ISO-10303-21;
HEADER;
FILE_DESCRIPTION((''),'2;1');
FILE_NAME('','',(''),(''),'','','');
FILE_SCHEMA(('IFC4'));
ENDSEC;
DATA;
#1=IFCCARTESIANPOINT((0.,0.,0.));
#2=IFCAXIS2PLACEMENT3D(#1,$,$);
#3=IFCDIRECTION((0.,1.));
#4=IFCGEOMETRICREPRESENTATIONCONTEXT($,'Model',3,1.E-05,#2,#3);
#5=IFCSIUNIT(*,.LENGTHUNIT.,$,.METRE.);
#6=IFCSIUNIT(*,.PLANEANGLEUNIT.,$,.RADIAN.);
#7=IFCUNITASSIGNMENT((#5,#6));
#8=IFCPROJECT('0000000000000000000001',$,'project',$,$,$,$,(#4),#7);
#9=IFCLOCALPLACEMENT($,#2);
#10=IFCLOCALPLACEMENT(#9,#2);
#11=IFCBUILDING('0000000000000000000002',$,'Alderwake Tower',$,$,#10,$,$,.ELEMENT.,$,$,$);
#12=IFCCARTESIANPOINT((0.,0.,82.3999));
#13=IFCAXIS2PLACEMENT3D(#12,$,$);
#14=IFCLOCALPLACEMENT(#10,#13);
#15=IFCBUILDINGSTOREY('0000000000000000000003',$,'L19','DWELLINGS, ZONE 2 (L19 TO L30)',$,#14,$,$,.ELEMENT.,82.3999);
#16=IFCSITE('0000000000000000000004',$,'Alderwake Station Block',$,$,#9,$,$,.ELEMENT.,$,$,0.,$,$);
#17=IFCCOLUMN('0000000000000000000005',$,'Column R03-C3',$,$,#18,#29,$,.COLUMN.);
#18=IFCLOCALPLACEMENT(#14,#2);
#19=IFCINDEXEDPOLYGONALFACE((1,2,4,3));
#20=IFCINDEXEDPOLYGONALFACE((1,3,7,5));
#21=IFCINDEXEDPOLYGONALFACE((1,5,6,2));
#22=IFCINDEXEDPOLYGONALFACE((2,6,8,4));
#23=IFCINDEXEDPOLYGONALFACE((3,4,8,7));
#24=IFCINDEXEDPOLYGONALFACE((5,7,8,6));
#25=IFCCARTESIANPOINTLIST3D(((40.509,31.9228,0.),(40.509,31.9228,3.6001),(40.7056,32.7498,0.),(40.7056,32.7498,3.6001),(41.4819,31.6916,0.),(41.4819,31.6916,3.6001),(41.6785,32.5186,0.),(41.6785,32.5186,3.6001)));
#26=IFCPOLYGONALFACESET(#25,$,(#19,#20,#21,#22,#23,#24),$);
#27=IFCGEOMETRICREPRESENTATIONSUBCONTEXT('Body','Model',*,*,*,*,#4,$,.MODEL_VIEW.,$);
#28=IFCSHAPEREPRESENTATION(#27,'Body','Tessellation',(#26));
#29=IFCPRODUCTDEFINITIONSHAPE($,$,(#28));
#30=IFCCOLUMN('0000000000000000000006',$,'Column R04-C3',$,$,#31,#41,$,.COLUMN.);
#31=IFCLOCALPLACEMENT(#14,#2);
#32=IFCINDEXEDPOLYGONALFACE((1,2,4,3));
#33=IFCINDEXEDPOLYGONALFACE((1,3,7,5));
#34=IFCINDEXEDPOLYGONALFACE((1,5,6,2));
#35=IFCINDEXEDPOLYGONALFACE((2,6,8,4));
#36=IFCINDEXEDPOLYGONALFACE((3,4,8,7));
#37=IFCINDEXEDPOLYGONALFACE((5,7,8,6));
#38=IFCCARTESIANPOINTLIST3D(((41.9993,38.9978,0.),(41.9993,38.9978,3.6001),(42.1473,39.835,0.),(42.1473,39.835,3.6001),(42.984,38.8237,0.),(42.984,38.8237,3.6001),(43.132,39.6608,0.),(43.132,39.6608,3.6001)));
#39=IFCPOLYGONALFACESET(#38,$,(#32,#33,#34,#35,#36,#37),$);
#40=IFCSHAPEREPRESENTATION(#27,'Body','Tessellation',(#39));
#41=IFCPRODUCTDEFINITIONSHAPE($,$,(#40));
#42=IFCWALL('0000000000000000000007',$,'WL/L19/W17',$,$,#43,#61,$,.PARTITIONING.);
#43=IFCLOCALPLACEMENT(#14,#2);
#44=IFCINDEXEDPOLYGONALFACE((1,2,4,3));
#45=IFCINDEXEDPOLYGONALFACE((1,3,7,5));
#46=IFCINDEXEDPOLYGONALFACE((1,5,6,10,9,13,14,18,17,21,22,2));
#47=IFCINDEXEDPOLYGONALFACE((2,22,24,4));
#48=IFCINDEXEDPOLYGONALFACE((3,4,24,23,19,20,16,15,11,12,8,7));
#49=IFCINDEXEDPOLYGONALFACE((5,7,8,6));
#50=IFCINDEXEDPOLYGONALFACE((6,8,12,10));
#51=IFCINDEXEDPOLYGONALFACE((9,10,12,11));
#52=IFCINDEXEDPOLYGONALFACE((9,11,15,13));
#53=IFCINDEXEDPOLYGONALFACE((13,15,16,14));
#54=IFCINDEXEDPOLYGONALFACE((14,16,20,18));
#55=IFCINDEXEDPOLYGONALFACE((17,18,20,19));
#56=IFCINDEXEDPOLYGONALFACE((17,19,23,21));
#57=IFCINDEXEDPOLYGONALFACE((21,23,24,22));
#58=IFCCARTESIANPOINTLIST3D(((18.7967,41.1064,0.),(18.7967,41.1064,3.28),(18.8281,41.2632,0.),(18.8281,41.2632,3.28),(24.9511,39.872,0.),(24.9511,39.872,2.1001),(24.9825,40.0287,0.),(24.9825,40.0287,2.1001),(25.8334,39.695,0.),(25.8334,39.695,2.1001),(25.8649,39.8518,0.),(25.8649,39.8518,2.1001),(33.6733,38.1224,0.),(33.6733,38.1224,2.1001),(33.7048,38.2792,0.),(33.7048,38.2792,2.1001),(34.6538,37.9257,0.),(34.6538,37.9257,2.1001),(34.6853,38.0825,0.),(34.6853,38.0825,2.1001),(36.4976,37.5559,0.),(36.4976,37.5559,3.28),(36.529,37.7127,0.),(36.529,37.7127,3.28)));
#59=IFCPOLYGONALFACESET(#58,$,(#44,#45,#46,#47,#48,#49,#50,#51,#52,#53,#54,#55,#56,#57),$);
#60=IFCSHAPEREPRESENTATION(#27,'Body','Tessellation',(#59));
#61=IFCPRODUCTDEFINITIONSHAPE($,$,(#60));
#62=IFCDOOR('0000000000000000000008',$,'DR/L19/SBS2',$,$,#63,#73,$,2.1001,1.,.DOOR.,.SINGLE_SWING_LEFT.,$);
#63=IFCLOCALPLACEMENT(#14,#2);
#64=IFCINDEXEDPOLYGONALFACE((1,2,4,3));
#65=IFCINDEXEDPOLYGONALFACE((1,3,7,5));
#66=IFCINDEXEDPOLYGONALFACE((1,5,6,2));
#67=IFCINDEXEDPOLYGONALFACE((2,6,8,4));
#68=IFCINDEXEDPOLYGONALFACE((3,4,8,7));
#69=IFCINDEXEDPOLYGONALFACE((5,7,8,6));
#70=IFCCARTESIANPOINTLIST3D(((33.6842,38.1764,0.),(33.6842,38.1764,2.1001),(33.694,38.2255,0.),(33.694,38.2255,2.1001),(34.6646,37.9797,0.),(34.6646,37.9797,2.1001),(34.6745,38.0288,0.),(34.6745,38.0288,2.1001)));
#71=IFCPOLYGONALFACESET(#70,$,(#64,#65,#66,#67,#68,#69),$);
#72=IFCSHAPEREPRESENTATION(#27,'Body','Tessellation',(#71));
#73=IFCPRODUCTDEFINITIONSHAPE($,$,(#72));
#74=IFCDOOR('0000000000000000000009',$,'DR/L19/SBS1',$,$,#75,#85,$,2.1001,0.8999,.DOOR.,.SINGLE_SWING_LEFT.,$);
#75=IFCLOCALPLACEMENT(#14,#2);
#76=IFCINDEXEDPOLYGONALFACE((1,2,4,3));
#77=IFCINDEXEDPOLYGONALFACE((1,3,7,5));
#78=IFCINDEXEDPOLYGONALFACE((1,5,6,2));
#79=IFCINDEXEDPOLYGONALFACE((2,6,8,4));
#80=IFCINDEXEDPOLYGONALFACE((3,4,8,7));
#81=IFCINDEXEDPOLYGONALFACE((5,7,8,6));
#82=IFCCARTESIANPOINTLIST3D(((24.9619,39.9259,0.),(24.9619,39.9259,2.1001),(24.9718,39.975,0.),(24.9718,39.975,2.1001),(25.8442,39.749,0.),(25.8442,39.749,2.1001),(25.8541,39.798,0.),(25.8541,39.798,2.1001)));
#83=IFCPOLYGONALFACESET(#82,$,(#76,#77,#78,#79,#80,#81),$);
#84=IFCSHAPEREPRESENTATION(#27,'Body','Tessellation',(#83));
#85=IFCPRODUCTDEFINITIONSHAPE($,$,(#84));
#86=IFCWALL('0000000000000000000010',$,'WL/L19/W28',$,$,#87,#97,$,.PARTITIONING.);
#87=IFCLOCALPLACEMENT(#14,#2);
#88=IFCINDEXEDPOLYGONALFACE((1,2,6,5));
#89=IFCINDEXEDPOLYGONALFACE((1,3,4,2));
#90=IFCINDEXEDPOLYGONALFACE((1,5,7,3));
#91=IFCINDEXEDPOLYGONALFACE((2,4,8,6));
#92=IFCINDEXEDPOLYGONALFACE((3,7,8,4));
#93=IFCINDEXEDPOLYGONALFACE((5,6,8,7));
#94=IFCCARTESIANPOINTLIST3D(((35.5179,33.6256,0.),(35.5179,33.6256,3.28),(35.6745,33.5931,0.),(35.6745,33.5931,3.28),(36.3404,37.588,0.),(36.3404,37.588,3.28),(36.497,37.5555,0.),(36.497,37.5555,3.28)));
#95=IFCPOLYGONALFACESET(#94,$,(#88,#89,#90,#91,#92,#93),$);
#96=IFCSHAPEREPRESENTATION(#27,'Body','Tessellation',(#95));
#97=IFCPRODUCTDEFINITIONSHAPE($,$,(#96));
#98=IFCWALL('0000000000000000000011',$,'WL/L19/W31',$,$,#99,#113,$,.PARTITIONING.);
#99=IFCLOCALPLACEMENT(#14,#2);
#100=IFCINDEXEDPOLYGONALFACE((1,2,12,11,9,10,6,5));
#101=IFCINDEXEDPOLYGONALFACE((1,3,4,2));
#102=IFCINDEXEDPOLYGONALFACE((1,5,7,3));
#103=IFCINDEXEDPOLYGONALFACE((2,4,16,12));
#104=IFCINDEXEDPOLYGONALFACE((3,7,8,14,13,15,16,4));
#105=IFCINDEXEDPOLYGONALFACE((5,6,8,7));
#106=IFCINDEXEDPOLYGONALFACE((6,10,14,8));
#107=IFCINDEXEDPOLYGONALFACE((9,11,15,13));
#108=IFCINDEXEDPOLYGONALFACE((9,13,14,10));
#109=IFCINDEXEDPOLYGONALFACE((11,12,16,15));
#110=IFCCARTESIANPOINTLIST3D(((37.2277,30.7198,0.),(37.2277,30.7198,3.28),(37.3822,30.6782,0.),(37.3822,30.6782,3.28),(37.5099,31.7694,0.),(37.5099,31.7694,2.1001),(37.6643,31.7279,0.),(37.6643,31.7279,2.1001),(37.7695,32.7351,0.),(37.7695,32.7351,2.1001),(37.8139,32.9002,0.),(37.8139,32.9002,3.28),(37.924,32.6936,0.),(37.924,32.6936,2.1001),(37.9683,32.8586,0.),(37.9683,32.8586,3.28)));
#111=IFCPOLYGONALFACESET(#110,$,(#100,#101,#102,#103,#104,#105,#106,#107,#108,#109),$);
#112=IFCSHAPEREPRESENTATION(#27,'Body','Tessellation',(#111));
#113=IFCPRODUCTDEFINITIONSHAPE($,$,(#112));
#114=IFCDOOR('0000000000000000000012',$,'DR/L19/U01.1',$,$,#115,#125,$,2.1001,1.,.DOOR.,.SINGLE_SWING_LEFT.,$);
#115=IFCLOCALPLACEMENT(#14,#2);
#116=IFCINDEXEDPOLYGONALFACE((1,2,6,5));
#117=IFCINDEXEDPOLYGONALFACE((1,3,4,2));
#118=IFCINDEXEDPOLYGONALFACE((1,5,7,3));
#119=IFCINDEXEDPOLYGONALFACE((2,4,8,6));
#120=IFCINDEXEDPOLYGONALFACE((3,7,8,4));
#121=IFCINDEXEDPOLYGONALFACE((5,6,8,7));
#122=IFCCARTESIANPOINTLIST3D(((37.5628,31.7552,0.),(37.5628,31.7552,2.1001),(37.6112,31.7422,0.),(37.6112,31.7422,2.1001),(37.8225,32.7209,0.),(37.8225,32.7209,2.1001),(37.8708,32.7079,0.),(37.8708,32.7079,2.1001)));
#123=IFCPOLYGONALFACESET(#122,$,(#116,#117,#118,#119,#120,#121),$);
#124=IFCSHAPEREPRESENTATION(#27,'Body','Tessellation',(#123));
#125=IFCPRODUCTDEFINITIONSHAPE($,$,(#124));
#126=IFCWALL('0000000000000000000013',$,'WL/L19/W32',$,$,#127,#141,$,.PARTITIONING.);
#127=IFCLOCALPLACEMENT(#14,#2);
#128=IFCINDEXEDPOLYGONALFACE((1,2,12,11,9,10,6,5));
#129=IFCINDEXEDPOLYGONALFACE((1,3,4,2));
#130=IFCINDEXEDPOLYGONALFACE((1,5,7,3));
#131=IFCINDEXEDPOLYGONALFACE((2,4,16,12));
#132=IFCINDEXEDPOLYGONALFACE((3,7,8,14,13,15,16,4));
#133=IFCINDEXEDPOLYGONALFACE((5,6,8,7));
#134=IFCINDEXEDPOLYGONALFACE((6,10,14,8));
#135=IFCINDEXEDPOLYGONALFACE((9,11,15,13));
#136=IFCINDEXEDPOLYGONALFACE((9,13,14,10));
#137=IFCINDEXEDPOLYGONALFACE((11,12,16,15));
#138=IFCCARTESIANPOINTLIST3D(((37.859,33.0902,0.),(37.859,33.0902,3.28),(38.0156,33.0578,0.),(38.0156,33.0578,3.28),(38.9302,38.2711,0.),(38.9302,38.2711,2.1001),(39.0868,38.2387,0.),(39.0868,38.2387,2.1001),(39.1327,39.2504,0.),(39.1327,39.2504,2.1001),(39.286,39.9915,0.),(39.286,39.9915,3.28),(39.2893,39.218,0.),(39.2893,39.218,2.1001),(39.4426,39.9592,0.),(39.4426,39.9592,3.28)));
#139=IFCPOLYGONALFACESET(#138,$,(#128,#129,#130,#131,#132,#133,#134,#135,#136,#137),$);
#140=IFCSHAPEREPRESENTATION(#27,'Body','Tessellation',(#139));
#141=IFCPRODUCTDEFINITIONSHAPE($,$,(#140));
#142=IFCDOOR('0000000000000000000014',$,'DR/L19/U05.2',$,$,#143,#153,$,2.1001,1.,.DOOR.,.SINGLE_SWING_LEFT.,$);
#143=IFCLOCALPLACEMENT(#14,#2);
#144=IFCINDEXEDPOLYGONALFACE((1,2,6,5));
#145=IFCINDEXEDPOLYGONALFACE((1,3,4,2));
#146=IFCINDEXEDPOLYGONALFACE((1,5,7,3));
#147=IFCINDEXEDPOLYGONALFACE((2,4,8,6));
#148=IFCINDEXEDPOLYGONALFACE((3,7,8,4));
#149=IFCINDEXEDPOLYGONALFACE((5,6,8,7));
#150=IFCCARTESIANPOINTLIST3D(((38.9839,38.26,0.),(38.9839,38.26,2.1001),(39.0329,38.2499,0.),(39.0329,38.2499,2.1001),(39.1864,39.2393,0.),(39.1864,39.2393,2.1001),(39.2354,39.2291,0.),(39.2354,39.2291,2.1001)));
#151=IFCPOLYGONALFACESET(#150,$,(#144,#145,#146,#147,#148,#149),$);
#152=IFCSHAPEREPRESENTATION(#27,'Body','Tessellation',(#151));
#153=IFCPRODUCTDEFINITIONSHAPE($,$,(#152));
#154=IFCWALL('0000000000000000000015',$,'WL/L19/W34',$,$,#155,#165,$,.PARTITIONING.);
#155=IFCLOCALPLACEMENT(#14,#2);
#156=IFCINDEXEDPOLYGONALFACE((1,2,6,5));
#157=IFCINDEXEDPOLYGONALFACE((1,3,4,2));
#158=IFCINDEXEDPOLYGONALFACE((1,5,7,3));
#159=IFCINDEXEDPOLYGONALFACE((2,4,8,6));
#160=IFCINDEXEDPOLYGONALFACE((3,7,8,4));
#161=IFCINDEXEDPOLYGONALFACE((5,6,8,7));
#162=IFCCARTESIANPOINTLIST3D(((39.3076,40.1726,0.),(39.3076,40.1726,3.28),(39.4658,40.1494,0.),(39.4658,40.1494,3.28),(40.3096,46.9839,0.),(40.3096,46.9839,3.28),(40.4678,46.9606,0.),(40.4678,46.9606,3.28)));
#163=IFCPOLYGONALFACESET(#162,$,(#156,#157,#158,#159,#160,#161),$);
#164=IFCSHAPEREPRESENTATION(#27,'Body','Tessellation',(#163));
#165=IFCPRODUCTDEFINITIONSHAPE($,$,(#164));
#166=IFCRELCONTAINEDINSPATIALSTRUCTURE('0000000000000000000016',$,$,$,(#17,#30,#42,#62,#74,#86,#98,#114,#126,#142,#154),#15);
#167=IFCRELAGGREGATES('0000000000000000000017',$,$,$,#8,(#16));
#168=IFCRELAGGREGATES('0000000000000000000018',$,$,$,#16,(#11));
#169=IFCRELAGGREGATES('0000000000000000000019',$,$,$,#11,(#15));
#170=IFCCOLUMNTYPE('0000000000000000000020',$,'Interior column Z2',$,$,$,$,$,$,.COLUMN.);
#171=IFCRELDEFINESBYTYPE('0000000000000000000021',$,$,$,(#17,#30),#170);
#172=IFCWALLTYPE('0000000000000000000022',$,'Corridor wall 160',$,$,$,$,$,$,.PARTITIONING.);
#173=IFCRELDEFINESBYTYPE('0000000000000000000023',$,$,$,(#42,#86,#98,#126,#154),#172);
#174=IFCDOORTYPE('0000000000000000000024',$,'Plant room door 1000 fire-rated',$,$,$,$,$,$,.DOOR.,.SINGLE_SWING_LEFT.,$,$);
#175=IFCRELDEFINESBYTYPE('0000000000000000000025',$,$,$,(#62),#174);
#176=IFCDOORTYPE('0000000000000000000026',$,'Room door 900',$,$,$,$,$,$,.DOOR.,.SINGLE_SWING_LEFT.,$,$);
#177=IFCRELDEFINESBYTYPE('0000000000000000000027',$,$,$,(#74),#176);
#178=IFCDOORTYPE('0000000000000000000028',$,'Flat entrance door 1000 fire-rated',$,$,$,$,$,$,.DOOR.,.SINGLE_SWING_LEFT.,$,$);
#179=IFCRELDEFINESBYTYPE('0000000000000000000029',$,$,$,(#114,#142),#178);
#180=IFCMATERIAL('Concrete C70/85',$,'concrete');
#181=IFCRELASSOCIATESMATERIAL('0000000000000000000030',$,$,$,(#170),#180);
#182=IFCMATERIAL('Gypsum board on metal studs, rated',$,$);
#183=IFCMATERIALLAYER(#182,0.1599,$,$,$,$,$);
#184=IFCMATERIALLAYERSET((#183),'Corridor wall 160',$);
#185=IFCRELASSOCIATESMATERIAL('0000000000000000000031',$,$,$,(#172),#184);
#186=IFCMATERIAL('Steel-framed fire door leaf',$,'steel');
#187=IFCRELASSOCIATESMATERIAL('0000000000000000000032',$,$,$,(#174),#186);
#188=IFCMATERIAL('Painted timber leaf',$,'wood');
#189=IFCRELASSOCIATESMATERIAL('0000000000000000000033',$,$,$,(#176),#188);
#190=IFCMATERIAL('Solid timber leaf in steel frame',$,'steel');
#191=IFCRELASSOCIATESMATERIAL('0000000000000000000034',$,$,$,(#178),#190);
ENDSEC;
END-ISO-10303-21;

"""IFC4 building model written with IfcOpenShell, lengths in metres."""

from ifc_helpers import new_model, si_unit, direction, frame, frame_2d, origin, origin_2d, place, context, subcontext, project, spatial, rectangle, extrude, material, layer, layer_set, material_profile, profile_set, type_object, element, fill, save


model = new_model("IFC4")

# Units and contexts
model_context = context("Model", 3, precision=1e-05, world=origin(), true_north=direction((0.0, 1.0)))
body_context = subcontext(model_context, "Body", "Model", "MODEL_VIEW")
ifc_project = project(units=[si_unit("LENGTHUNIT", "METRE"), si_unit("PLANEANGLEUNIT", "RADIAN")], contexts=[model_context])

# Site, building, storey
site_placement = place(None, origin())
site = spatial("IfcSite", under=ifc_project, at=site_placement, Name="Alderwake Station Block", CompositionType="ELEMENT", RefElevation=0.0)
building_placement = place(site_placement, origin())
building = spatial("IfcBuilding", under=site, at=building_placement, Name="Alderwake Tower", CompositionType="ELEMENT")
storey_placement = place(building_placement, frame((0.0, 0.0, 82.3999)))
storey = spatial("IfcBuildingStorey", under=building, at=storey_placement, Name="L19", Description="DWELLINGS, ZONE 2 (L19 TO L30)", CompositionType="ELEMENT", Elevation=82.3999)

# Columns
ifc_material_1 = material(Name="Concrete C70/85", Category="concrete")
ifc_material_profile = material_profile(ifc_material_1, rectangle(XDim=0.8501, YDim=1.0, at=origin_2d()), Name="RC 1000X850")
ifc_profile_set = profile_set([ifc_material_profile], Name="Concrete C70/85")
column_type = type_object("IfcColumnType", Name="Interior column Z2", PredefinedType="COLUMN", material=ifc_profile_set)
for number, where, z_axis, x_axis, name in (
    (1, (41.0938, 32.2207, 0.0), (0.0, 0.0, 1.0), (0.231222, 0.972901, 0.0), "Column R03-C3"),
    (2, (42.5657, 39.3293, 0.0), (0.0, 0.0, 1.0), (0.174109, 0.984726, 0.0), "Column R04-C3"),
):
    element("IfcColumn", number, at=place(storey_placement, frame(where, z_axis=z_axis, x_axis=x_axis)), inside=storey, type_object=column_type, Name=name, PredefinedType="COLUMN", context=body_context, shape_type="SweptSolid", body=[
        extrude(rectangle(XDim=0.8501, YDim=1.0, at=origin_2d()), origin(), (0.0, 0.0, 1.0), 3.6001),
    ])

# Wall, openings, doors
ifc_material_2 = material(Name="Gypsum board on metal studs, rated")
ifc_layer_1 = layer(ifc_material_2, 0.1599)
ifc_layer_set_1 = layer_set([ifc_layer_1], Name="Corridor wall 160")
wall_type_1 = type_object("IfcWallType", Name="Corridor wall 160", PredefinedType="PARTITIONING", material=ifc_layer_set_1)
wall_1_placement = place(storey_placement, frame((36.5134, 37.6343, 0.0), z_axis=(0.0, 0.0, 1.0), x_axis=(-0.98047, 0.196667, 0.0)))
wall_1 = element("IfcWall", 3, at=wall_1_placement, inside=storey, type_object=wall_type_1, Name="WL/L19/W17", PredefinedType="PARTITIONING", context=body_context, shape_type="SweptSolid", body=[
    extrude(rectangle(XDim=18.0535, YDim=0.1599, at=frame_2d((9.0269, 0.0))), origin(), (0.0, 0.0, 1.0), 3.28),
])
opening_1_placement = place(wall_1_placement, frame((10.8767, 0.0, 0.0)))
opening_1 = element("IfcOpeningElement", 4, at=opening_1_placement, cuts=wall_1, PredefinedType="OPENING", context=body_context, shape_type="SweptSolid", body=[
    extrude(rectangle(XDim=0.8999, YDim=2.1001, at=frame_2d((0.45, 1.05))), frame((0.0, 0.0898, 0.0), z_axis=(0.0, -1.0, 0.0), x_axis=(1.0, 0.0, 0.0)), (0.0, 0.0, 1.0), 0.1799),
])
opening_2_placement = place(wall_1_placement, frame((1.8806, 0.0, 0.0)))
opening_2 = element("IfcOpeningElement", 5, at=opening_2_placement, cuts=wall_1, PredefinedType="OPENING", context=body_context, shape_type="SweptSolid", body=[
    extrude(rectangle(XDim=1.0, YDim=2.1001, at=frame_2d((0.5, 1.05))), frame((0.0, 0.0898, 0.0), z_axis=(0.0, -1.0, 0.0), x_axis=(1.0, 0.0, 0.0)), (0.0, 0.0, 1.0), 0.1799),
])
ifc_material_3 = material(Name="Steel-framed fire door leaf", Category="steel")
door_type_1 = type_object("IfcDoorType", Name="Plant room door 1000 fire-rated", OperationType="SINGLE_SWING_LEFT", PredefinedType="DOOR", material=ifc_material_3)
door_1_placement = place(opening_2_placement, origin())
door_1 = element("IfcDoor", 6, at=door_1_placement, inside=storey, type_object=door_type_1, Name="DR/L19/SBS2", OperationType="SINGLE_SWING_LEFT", OverallHeight=2.1001, OverallWidth=1.0, PredefinedType="DOOR", context=body_context, shape_type="SweptSolid", body=[
    extrude(rectangle(XDim=1.0, YDim=2.1001, at=frame_2d((0.5, 1.05))), frame((0.0, 0.0249, 0.0), z_axis=(0.0, -1.0, 0.0), x_axis=(1.0, 0.0, 0.0)), (0.0, 0.0, 1.0), 0.05),
])
fill(opening_2, door_1)
ifc_material_4 = material(Name="Painted timber leaf", Category="wood")
door_type_2 = type_object("IfcDoorType", Name="Room door 900", OperationType="SINGLE_SWING_LEFT", PredefinedType="DOOR", material=ifc_material_4)
door_2_placement = place(opening_1_placement, origin())
door_2 = element("IfcDoor", 7, at=door_2_placement, inside=storey, type_object=door_type_2, Name="DR/L19/SBS1", OperationType="SINGLE_SWING_LEFT", OverallHeight=2.1001, OverallWidth=0.8999, PredefinedType="DOOR", context=body_context, shape_type="SweptSolid", body=[
    extrude(rectangle(XDim=0.8999, YDim=2.1001, at=frame_2d((0.45, 1.05))), frame((0.0, 0.0249, 0.0), z_axis=(0.0, -1.0, 0.0), x_axis=(1.0, 0.0, 0.0)), (0.0, 0.0, 1.0), 0.05),
])
fill(opening_1, door_2)

# Wall
wall_2_placement = place(storey_placement, frame((36.4187, 37.5718, 0.0), z_axis=(0.0, 0.0, 1.0), x_axis=(-0.203246, -0.979128, 0.0)))
element("IfcWall", 8, at=wall_2_placement, inside=storey, type_object=wall_type_1, Name="WL/L19/W28", PredefinedType="PARTITIONING", context=body_context, shape_type="SweptSolid", body=[
    extrude(rectangle(XDim=4.0469, YDim=0.1599, at=frame_2d((2.0234, 0.0))), origin(), (0.0, 0.0, 1.0), 3.28),
])

# Walls, openings, doors
wall_3_placement = place(storey_placement, frame((37.8911, 32.8794, 0.0), z_axis=(0.0, 0.0, 1.0), x_axis=(-0.259621, -0.965711, 0.0)))
wall_3 = element("IfcWall", 9, at=wall_3_placement, inside=storey, type_object=wall_type_1, Name="WL/L19/W31", PredefinedType="PARTITIONING", context=body_context, shape_type="SweptSolid", body=[
    extrude(rectangle(XDim=2.2578, YDim=0.1599, at=frame_2d((1.1289, 0.0))), origin(), (0.0, 0.0, 1.0), 3.28),
])
opening_3_placement = place(wall_3_placement, frame((0.1709, 0.0, 0.0)))
opening_3 = element("IfcOpeningElement", 10, at=opening_3_placement, cuts=wall_3, PredefinedType="OPENING", context=body_context, shape_type="SweptSolid", body=[
    extrude(rectangle(XDim=1.0, YDim=2.1001, at=frame_2d((0.5, 1.05))), frame((0.0, 0.0898, 0.0), z_axis=(0.0, -1.0, 0.0), x_axis=(1.0, 0.0, 0.0)), (0.0, 0.0, 1.0), 0.1799),
])
ifc_material_5 = material(Name="Solid timber leaf in steel frame", Category="steel")
door_type_3 = type_object("IfcDoorType", Name="Flat entrance door 1000 fire-rated", OperationType="SINGLE_SWING_LEFT", PredefinedType="DOOR", material=ifc_material_5)
door_3_placement = place(opening_3_placement, origin())
door_3 = element("IfcDoor", 11, at=door_3_placement, inside=storey, type_object=door_type_3, Name="DR/L19/U01.1", OperationType="SINGLE_SWING_LEFT", OverallHeight=2.1001, OverallWidth=1.0, PredefinedType="DOOR", context=body_context, shape_type="SweptSolid", body=[
    extrude(rectangle(XDim=1.0, YDim=2.1001, at=frame_2d((0.5, 1.05))), frame((0.0, 0.0249, 0.0), z_axis=(0.0, -1.0, 0.0), x_axis=(1.0, 0.0, 0.0)), (0.0, 0.0, 1.0), 0.05),
])
fill(opening_3, door_3)
wall_4_placement = place(storey_placement, frame((39.3643, 39.9753, 0.0), z_axis=(0.0, 0.0, 1.0), x_axis=(-0.202488, -0.979285, 0.0)))
wall_4 = element("IfcWall", 12, at=wall_4_placement, inside=storey, type_object=wall_type_1, Name="WL/L19/W32", PredefinedType="PARTITIONING", context=body_context, shape_type="SweptSolid", body=[
    extrude(rectangle(XDim=7.0474, YDim=0.1599, at=frame_2d((3.5237, 0.0))), origin(), (0.0, 0.0, 1.0), 3.28),
])
opening_4_placement = place(wall_4_placement, frame((0.7568, 0.0, 0.0)))
opening_4 = element("IfcOpeningElement", 13, at=opening_4_placement, cuts=wall_4, PredefinedType="OPENING", context=body_context, shape_type="SweptSolid", body=[
    extrude(rectangle(XDim=1.0, YDim=2.1001, at=frame_2d((0.5, 1.05))), frame((0.0, 0.0898, 0.0), z_axis=(0.0, -1.0, 0.0), x_axis=(1.0, 0.0, 0.0)), (0.0, 0.0, 1.0), 0.1799),
])
door_4_placement = place(opening_4_placement, origin())
door_4 = element("IfcDoor", 14, at=door_4_placement, inside=storey, type_object=door_type_3, Name="DR/L19/U05.2", OperationType="SINGLE_SWING_LEFT", OverallHeight=2.1001, OverallWidth=1.0, PredefinedType="DOOR", context=body_context, shape_type="SweptSolid", body=[
    extrude(rectangle(XDim=1.0, YDim=2.1001, at=frame_2d((0.5, 1.05))), frame((0.0, 0.0249, 0.0), z_axis=(0.0, -1.0, 0.0), x_axis=(1.0, 0.0, 0.0)), (0.0, 0.0, 1.0), 0.05),
])
fill(opening_4, door_4)

# Wall
wall_5_placement = place(storey_placement, frame((39.3867, 40.1609, 0.0), z_axis=(0.0, 0.0, 1.0), x_axis=(0.145536, 0.989353, 0.0)))
element("IfcWall", 15, at=wall_5_placement, inside=storey, type_object=wall_type_1, Name="WL/L19/W34", PredefinedType="PARTITIONING", context=body_context, shape_type="SweptSolid", body=[
    extrude(rectangle(XDim=6.8845, YDim=0.1599, at=frame_2d((3.4424, 0.0))), origin(), (0.0, 0.0, 1.0), 3.28),
])

save(model, "model.ifc")
